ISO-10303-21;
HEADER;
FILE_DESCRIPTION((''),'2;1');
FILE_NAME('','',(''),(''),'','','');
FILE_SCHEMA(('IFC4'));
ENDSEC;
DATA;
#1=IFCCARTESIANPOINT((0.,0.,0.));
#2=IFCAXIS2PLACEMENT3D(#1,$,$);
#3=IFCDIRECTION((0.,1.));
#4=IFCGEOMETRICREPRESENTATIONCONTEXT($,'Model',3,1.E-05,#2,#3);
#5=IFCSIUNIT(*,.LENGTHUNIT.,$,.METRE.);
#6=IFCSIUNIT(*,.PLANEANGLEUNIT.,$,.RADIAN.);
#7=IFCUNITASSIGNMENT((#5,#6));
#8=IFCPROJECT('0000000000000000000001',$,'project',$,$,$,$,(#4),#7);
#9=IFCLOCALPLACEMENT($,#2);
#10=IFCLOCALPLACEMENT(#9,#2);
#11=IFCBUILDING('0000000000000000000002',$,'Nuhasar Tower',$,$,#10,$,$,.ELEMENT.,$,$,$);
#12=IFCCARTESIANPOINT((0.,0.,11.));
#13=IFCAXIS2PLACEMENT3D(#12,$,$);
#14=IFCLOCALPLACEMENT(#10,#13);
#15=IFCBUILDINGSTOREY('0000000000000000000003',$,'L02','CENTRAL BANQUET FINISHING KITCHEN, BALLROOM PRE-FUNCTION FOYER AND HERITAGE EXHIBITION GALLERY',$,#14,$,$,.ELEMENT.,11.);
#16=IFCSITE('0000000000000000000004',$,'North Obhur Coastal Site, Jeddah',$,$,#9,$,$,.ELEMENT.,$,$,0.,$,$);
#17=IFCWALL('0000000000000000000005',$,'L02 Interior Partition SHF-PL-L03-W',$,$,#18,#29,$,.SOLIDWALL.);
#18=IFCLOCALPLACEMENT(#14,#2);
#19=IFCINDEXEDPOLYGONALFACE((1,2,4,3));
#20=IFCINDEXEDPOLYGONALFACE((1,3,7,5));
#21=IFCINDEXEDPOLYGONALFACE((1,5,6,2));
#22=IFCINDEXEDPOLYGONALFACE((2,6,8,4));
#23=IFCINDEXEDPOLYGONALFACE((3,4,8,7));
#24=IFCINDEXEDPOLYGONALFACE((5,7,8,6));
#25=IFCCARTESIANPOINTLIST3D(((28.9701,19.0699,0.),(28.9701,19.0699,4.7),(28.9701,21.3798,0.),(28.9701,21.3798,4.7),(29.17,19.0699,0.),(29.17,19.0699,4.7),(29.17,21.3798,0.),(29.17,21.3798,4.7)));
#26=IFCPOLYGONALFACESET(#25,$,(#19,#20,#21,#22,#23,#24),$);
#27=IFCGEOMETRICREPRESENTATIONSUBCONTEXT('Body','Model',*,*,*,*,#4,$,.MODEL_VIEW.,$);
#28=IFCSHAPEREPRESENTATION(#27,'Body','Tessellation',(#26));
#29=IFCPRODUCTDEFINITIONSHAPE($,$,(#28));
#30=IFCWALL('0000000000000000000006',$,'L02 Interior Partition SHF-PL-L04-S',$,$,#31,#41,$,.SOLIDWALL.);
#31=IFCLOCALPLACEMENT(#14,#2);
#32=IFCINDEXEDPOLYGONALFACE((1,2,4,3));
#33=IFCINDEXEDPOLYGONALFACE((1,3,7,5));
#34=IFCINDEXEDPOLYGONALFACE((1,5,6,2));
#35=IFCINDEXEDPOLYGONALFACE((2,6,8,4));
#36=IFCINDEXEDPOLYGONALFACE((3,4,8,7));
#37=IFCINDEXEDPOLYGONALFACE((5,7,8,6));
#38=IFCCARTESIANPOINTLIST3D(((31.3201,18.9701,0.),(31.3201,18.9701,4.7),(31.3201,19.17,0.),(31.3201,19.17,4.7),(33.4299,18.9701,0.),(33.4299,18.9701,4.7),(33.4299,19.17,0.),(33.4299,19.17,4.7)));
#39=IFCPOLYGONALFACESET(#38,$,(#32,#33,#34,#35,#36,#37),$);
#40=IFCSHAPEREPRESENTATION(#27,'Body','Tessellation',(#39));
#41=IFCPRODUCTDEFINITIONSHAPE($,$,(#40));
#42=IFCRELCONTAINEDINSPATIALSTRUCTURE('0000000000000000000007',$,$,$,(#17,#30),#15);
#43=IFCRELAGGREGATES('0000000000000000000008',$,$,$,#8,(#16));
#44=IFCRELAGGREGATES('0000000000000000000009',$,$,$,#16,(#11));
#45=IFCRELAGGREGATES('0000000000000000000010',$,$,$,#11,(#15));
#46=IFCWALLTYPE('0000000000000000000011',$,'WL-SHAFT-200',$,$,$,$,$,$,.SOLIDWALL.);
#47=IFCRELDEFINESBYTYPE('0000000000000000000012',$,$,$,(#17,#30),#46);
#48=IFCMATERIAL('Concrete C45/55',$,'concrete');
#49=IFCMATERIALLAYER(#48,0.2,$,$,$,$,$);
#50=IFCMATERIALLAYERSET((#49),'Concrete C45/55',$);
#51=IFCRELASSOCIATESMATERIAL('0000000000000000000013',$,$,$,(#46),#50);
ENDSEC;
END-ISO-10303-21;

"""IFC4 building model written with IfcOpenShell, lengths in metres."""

from ifc_helpers import new_model, si_unit, direction, frame, frame_2d, origin, place, context, subcontext, project, spatial, rectangle, extrude, material, layer, layer_set, type_object, element, save


model = new_model("IFC4")

# Units and contexts
model_context = context("Model", 3, precision=1e-05, world=origin(), true_north=direction((0.0, 1.0)))
body_context = subcontext(model_context, "Body", "Model", "MODEL_VIEW")
ifc_project = project(units=[si_unit("LENGTHUNIT", "METRE"), si_unit("PLANEANGLEUNIT", "RADIAN")], contexts=[model_context])

# Site, building, storey
site_placement = place(None, origin())
site = spatial("IfcSite", under=ifc_project, at=site_placement, Name="North Obhur Coastal Site, Jeddah", CompositionType="ELEMENT", RefElevation=0.0)
building_placement = place(site_placement, origin())
building = spatial("IfcBuilding", under=site, at=building_placement, Name="Nuhasar Tower", CompositionType="ELEMENT")
storey_placement = place(building_placement, frame((0.0, 0.0, 11.0)))
storey = spatial("IfcBuildingStorey", under=building, at=storey_placement, Name="L02", Description="CENTRAL BANQUET FINISHING KITCHEN, BALLROOM PRE-FUNCTION FOYER AND HERITAGE EXHIBITION GALLERY", CompositionType="ELEMENT", Elevation=11.0)

# Shared definitions
ifc_material_1 = material(Name="Concrete C45/55", Category="concrete")
ifc_layer_1 = layer(ifc_material_1, 0.2)
ifc_layer_set_1 = layer_set([ifc_layer_1], Name="Concrete C45/55")
wall_type_1 = type_object("IfcWallType", Name="WL-SHAFT-200", PredefinedType="SOLIDWALL", material=ifc_layer_set_1)

# Walls
wall_1_placement = place(storey_placement, frame((29.0701, 19.0701, 0.0), z_axis=(0.0, 0.0, 1.0), x_axis=(0.0, 1.0, 0.0)))
element("IfcWall", 1, at=wall_1_placement, inside=storey, type_object=wall_type_1, Name="L02 Interior Partition SHF-PL-L03-W", PredefinedType="SOLIDWALL", context=body_context, shape_type="SweptSolid", body=[
    extrude(rectangle(XDim=2.3098, YDim=0.2, at=frame_2d((1.1548, 0.0))), origin(), (0.0, 0.0, 1.0), 4.7),
])
wall_2_placement = place(storey_placement, frame((31.3201, 19.0701, 0.0), z_axis=(0.0, 0.0, 1.0), x_axis=(1.0, 0.0, 0.0)))
element("IfcWall", 2, at=wall_2_placement, inside=storey, type_object=wall_type_1, Name="L02 Interior Partition SHF-PL-L04-S", PredefinedType="SOLIDWALL", context=body_context, shape_type="SweptSolid", body=[
    extrude(rectangle(XDim=2.1099, YDim=0.2, at=frame_2d((1.0549, 0.0))), origin(), (0.0, 0.0, 1.0), 4.7),
])

save(model, "model.ifc")
